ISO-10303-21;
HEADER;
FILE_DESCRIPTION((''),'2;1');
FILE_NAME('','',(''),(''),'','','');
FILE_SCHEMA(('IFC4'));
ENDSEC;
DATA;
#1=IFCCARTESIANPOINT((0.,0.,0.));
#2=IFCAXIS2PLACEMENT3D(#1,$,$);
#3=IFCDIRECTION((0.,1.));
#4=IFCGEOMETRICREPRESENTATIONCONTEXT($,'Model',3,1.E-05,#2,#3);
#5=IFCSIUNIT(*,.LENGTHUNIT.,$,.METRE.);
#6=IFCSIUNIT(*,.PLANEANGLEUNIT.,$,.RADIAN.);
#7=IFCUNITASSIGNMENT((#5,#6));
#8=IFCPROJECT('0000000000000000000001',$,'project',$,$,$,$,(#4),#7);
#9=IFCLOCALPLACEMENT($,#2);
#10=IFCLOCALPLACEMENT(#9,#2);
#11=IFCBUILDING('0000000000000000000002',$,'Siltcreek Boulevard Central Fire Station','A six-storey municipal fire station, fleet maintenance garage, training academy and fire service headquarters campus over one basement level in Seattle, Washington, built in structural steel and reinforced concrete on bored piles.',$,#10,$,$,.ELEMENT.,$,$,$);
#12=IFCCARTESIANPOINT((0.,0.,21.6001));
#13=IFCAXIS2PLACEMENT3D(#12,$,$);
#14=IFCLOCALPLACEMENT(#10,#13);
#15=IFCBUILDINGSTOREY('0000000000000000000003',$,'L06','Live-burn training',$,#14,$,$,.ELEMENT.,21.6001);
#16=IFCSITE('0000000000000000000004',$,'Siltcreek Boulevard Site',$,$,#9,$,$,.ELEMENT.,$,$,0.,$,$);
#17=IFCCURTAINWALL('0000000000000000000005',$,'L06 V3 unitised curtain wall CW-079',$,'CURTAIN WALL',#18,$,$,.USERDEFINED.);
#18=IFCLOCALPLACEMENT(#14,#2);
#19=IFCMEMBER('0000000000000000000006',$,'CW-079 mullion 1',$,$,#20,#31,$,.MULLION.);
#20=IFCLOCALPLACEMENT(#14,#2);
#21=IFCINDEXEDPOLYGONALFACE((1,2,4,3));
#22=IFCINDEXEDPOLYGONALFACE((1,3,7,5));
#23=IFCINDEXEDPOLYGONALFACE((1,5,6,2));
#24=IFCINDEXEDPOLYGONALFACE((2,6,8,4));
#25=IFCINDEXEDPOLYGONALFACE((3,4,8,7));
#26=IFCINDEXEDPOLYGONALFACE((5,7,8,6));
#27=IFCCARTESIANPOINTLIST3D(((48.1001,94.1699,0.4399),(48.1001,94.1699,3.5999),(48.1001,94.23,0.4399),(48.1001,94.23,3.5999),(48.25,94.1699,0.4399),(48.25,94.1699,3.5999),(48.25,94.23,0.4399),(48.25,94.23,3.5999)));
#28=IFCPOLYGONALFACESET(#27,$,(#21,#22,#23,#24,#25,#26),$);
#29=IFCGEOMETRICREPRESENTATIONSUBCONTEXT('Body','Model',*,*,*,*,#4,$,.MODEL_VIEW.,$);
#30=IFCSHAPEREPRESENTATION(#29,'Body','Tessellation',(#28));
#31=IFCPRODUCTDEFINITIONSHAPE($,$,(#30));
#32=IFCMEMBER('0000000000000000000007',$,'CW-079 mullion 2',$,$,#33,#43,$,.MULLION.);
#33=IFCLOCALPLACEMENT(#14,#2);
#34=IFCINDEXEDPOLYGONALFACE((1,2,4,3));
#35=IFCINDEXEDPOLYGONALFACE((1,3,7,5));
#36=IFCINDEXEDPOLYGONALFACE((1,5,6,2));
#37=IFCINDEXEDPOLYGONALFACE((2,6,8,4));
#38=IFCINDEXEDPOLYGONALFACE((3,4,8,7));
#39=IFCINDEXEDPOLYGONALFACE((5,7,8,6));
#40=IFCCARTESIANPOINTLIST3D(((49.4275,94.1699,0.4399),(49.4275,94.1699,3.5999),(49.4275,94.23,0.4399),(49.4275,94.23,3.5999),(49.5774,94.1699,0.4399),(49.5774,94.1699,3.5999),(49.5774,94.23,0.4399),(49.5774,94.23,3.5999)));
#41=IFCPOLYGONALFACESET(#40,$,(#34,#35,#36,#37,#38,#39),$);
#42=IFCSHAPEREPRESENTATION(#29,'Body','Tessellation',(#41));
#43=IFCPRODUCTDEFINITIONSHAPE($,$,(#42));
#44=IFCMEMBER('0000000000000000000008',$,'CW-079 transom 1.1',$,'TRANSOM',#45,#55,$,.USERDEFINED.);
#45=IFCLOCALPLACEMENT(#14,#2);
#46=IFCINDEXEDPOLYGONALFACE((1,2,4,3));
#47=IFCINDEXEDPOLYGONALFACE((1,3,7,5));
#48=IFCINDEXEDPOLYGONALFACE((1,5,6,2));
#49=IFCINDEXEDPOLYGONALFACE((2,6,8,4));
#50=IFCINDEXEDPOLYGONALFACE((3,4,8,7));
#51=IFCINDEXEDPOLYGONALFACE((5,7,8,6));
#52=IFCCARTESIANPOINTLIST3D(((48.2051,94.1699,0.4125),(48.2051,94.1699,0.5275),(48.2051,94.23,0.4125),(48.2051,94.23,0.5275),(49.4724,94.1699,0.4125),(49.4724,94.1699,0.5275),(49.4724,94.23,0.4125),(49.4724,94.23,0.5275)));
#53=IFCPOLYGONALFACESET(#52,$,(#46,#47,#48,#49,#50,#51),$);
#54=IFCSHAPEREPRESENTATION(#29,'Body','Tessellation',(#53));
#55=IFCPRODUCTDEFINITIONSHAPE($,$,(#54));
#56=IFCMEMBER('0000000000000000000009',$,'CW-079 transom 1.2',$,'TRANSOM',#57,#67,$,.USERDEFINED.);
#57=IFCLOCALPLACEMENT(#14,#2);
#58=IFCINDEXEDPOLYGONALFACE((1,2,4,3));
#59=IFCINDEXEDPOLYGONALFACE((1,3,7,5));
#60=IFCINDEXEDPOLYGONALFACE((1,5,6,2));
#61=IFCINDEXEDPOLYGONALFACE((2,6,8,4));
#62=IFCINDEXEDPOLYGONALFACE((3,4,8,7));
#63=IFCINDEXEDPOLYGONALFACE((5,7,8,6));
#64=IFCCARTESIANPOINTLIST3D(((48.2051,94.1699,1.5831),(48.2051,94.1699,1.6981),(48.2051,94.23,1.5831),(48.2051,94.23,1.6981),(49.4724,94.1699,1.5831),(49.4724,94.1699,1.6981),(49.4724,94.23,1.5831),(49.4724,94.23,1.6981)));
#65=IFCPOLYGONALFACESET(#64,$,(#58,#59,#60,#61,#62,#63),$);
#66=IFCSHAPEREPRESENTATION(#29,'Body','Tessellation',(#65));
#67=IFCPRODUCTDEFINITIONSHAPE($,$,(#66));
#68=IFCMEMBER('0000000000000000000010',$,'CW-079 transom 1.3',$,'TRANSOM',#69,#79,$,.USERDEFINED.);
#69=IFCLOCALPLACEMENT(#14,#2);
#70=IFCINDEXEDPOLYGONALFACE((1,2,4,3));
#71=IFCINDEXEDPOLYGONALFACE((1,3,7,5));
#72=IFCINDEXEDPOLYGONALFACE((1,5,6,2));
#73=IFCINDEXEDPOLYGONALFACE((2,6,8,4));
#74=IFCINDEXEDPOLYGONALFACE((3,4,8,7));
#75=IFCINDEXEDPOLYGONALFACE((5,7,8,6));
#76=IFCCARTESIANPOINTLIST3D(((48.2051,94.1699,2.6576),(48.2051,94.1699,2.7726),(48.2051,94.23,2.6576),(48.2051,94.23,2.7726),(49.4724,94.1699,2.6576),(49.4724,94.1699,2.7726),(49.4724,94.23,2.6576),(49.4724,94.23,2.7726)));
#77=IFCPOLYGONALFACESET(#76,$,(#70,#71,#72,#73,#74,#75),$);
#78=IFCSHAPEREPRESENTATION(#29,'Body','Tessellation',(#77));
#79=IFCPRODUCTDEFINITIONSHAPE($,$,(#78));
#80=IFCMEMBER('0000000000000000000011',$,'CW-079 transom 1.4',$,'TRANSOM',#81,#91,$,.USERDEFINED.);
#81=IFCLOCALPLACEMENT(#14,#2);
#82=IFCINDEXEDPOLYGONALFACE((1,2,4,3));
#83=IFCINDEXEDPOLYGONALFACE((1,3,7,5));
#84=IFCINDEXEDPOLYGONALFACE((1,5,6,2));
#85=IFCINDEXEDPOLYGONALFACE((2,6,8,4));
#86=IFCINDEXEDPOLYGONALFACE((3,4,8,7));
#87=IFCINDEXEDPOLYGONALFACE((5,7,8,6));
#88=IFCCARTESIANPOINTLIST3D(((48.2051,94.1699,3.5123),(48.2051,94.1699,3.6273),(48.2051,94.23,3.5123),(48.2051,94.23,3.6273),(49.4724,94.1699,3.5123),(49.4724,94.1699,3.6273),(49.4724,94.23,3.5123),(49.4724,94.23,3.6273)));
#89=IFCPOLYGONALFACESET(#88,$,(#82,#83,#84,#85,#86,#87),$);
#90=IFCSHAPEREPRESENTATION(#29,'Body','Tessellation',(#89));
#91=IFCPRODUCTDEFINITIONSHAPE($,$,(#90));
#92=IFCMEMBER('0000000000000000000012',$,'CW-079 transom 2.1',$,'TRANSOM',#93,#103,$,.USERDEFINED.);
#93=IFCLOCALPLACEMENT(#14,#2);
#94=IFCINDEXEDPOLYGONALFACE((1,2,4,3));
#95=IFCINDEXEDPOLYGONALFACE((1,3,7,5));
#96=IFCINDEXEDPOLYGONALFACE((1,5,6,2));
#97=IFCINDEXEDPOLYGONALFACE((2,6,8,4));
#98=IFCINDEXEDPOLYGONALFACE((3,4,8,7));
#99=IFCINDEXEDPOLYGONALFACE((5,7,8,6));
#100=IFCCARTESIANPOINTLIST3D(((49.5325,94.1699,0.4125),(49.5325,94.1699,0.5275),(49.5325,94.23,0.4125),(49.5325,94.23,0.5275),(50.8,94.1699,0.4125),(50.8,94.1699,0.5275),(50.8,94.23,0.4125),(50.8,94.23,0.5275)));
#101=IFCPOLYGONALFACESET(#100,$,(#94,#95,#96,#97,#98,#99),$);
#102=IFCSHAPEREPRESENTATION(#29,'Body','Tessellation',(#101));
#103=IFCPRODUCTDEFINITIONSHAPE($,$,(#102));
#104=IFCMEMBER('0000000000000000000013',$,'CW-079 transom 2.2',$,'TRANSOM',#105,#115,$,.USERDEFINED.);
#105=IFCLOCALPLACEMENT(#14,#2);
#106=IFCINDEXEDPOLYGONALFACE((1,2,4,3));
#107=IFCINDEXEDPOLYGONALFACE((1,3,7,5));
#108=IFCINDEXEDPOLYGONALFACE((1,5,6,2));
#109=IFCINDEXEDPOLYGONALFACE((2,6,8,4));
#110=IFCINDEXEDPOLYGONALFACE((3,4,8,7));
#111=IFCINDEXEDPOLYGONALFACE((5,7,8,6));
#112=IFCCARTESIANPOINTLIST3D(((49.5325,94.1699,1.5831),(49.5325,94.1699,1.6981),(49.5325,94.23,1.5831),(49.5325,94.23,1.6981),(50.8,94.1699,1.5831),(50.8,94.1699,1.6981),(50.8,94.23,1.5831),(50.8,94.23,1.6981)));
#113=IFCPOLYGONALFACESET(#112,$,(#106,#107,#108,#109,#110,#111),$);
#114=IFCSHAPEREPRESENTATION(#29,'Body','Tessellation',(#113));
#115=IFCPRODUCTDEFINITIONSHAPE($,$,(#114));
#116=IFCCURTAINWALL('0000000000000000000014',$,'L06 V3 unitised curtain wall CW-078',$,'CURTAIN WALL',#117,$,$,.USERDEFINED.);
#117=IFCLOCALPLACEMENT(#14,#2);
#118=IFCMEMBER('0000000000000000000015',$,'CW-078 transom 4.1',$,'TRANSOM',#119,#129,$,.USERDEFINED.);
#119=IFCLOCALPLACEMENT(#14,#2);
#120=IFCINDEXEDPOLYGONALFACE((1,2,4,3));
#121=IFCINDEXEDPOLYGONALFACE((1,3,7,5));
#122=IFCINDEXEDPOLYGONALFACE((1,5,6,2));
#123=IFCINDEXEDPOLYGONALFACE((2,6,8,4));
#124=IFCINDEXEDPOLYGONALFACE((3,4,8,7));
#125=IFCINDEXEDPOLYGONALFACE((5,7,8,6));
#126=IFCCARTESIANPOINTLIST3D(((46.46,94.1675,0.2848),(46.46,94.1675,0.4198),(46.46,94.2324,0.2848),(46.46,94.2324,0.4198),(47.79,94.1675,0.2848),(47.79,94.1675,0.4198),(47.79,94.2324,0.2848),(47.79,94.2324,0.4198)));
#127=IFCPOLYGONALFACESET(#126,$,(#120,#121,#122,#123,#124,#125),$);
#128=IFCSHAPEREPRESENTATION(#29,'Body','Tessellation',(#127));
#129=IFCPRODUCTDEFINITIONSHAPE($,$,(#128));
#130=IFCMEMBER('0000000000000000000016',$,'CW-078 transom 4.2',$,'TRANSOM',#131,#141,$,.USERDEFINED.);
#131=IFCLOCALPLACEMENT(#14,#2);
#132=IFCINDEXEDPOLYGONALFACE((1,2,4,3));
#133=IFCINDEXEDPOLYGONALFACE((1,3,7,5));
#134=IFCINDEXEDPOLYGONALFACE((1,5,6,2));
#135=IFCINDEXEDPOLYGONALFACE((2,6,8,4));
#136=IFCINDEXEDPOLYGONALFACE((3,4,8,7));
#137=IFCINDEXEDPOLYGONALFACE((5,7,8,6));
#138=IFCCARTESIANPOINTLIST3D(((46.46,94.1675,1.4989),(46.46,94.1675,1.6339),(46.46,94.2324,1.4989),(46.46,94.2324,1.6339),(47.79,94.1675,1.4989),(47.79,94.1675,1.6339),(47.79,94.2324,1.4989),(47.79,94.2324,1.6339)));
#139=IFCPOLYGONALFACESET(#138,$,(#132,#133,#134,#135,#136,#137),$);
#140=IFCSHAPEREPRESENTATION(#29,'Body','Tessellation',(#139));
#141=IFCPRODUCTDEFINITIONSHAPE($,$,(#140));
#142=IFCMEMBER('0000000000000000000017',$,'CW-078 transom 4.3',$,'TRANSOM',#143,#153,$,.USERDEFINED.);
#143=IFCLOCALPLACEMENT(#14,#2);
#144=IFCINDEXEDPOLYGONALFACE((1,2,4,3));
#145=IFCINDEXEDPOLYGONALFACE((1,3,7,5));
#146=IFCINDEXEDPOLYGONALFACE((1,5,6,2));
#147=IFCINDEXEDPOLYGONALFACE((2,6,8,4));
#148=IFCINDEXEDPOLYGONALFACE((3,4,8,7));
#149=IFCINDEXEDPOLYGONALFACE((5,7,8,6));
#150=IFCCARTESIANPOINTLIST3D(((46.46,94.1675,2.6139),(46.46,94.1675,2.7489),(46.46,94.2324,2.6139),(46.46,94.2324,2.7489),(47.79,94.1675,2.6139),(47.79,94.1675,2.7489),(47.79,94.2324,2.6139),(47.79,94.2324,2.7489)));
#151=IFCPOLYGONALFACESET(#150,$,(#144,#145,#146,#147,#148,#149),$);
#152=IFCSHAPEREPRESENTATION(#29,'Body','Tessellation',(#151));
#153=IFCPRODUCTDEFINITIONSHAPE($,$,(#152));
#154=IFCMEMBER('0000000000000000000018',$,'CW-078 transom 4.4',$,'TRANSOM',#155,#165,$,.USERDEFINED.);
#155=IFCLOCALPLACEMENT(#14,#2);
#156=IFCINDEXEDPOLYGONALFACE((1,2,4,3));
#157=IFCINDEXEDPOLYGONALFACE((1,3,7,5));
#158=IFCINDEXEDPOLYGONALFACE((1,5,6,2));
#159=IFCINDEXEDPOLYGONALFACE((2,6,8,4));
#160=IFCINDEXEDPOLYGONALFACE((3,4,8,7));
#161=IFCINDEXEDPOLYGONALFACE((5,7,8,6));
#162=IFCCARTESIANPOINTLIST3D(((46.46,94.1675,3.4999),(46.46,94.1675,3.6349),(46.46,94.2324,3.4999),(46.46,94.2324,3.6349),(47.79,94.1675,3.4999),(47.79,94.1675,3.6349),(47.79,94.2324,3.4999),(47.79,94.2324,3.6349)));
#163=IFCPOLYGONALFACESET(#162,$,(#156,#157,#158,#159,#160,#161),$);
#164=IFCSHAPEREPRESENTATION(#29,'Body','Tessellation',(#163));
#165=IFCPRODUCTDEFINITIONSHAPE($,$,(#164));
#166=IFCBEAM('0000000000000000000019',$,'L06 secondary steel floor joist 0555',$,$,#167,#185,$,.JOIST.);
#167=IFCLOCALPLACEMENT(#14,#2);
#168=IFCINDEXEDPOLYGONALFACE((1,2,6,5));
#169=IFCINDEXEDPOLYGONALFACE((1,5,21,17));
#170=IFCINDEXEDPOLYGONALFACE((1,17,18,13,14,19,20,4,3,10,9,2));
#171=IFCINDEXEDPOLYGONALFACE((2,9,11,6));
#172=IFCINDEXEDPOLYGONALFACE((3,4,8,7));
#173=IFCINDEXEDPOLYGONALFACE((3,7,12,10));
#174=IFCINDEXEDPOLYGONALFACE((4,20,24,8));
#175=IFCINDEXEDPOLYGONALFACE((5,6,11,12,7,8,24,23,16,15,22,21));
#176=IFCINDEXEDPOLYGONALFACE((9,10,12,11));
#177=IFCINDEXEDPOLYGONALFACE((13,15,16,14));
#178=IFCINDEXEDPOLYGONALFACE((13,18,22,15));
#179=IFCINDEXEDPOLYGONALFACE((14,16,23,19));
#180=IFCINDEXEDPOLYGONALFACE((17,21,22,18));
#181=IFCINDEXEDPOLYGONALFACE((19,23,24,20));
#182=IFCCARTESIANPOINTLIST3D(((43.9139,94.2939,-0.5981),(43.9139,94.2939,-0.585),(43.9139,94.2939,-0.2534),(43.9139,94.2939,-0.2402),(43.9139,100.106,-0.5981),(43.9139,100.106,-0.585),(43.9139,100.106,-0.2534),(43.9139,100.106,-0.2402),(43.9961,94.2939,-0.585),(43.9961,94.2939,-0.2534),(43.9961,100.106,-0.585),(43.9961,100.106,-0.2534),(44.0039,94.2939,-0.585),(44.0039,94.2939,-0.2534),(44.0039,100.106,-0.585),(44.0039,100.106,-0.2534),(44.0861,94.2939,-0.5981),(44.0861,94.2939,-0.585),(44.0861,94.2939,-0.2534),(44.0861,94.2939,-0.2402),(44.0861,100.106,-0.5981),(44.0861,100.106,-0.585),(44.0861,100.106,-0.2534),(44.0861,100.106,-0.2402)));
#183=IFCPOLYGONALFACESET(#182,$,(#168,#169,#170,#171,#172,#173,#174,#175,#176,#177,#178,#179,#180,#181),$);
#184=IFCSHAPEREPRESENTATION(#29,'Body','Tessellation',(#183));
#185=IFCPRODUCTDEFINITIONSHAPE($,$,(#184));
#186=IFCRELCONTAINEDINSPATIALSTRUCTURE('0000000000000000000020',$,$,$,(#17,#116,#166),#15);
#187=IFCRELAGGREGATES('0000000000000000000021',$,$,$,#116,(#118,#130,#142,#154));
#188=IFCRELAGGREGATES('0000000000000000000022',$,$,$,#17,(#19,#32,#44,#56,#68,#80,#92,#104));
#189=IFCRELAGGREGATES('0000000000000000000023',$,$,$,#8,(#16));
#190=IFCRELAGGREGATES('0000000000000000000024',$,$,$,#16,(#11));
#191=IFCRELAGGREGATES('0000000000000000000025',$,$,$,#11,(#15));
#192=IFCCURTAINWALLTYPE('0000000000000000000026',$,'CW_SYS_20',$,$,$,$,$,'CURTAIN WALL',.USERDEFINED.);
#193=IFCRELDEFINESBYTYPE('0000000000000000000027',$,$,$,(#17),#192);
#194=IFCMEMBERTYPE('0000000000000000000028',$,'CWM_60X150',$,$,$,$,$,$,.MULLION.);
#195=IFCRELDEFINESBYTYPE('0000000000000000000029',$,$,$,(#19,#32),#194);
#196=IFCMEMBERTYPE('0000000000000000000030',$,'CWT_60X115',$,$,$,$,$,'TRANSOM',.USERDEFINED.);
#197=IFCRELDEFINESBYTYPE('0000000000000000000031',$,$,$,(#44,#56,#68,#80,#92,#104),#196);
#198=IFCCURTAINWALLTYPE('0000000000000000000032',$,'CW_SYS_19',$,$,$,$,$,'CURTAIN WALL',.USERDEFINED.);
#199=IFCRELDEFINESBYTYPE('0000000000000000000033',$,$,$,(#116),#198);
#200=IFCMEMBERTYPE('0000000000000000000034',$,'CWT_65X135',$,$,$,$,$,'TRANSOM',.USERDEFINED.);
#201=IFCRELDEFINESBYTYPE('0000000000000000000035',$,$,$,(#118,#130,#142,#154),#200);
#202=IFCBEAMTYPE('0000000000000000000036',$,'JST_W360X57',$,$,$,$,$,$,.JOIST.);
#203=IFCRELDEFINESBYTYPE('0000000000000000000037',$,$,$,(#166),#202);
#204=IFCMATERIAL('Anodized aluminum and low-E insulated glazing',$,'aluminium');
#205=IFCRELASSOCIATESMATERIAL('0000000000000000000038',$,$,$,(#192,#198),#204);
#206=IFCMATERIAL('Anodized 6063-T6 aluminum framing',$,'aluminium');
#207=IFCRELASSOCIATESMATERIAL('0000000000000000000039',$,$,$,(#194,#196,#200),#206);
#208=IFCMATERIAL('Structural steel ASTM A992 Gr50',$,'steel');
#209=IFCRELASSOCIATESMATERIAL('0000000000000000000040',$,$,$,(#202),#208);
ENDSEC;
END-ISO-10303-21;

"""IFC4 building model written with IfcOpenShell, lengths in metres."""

from ifc_helpers import new_model, si_unit, direction, frame, origin, origin_2d, place, context, subcontext, project, spatial, rectangle, i_section, extrude, material, material_profile, profile_set, type_object, element, aggregate, save


model = new_model("IFC4")

# Units and contexts
model_context = context("Model", 3, precision=1e-05, world=origin(), true_north=direction((0.0, 1.0)))
body_context = subcontext(model_context, "Body", "Model", "MODEL_VIEW")
ifc_project = project(units=[si_unit("LENGTHUNIT", "METRE"), si_unit("PLANEANGLEUNIT", "RADIAN")], contexts=[model_context])

# Site, building, storey
site_placement = place(None, origin())
site = spatial("IfcSite", under=ifc_project, at=site_placement, Name="Siltcreek Boulevard Site", CompositionType="ELEMENT", RefElevation=0.0)
building_placement = place(site_placement, origin())
building = spatial("IfcBuilding", under=site, at=building_placement, Name="Siltcreek Boulevard Central Fire Station", Description="A six-storey municipal fire station, fleet maintenance garage, training academy and fire service headquarters campus over one basement level in Seattle, Washington, built in structural steel and reinforced concrete on bored piles.", CompositionType="ELEMENT")
storey_placement = place(building_placement, frame((0.0, 0.0, 21.6001)))
storey = spatial("IfcBuildingStorey", under=building, at=storey_placement, Name="L06", Description="Live-burn training", CompositionType="ELEMENT", Elevation=21.6001)

# Curtain walls, members
ifc_material_1 = material(Name="Anodized aluminum and low-E insulated glazing", Category="aluminium")
curtain_wall_type_1 = type_object("IfcCurtainWallType", Name="CW_SYS_20", ElementType="CURTAIN WALL", PredefinedType="USERDEFINED", material=ifc_material_1)
curtain_wall_1_placement = place(storey_placement, origin())
curtain_wall_1 = element("IfcCurtainWall", 1, at=curtain_wall_1_placement, inside=storey, type_object=curtain_wall_type_1, Name="L06 V3 unitised curtain wall CW-079", ObjectType="CURTAIN WALL", PredefinedType="USERDEFINED")
ifc_material_2 = material(Name="Anodized 6063-T6 aluminum framing", Category="aluminium")
ifc_material_profile_1 = material_profile(ifc_material_2, rectangle(XDim=0.0601, YDim=0.1499, at=origin_2d()), Name="MULL60X150")
ifc_profile_set_1 = profile_set([ifc_material_profile_1], Name="Anodized 6063-T6 aluminum framing")
member_type_1 = type_object("IfcMemberType", Name="CWM_60X150", PredefinedType="MULLION", material=ifc_profile_set_1)
member_1_placement = place(storey_placement, frame((48.175, 94.2, 0.4399), z_axis=(0.0, 0.0, 1.0), x_axis=(0.0, 1.0, 0.0)))
member_1 = element("IfcMember", 2, at=member_1_placement, type_object=member_type_1, Name="CW-079 mullion 1", PredefinedType="MULLION", context=body_context, shape_type="SweptSolid", body=[
    extrude(rectangle(XDim=0.0601, YDim=0.1499, at=origin_2d()), origin(), (0.0, 0.0, 1.0), 3.1599),
])
member_2_placement = place(storey_placement, frame((49.5024, 94.2, 0.4399), z_axis=(0.0, 0.0, 1.0), x_axis=(0.0, 1.0, 0.0)))
member_2 = element("IfcMember", 3, at=member_2_placement, type_object=member_type_1, Name="CW-079 mullion 2", PredefinedType="MULLION", context=body_context, shape_type="SweptSolid", body=[
    extrude(rectangle(XDim=0.0601, YDim=0.1499, at=origin_2d()), origin(), (0.0, 0.0, 1.0), 3.1599),
])
ifc_material_profile_2 = material_profile(ifc_material_2, rectangle(XDim=0.0601, YDim=0.115, at=origin_2d()), Name="TRAN60X115")
ifc_profile_set_2 = profile_set([ifc_material_profile_2], Name="Anodized 6063-T6 aluminum framing")
member_type_2 = type_object("IfcMemberType", Name="CWT_60X115", ElementType="TRANSOM", PredefinedType="USERDEFINED", material=ifc_profile_set_2)
member_3_placement = place(storey_placement, frame((48.2051, 94.2, 0.47), z_axis=(1.0, 0.0, 0.0), x_axis=(0.0, 1.0, 0.0)))
member_3 = element("IfcMember", 4, at=member_3_placement, type_object=member_type_2, Name="CW-079 transom 1.1", ObjectType="TRANSOM", PredefinedType="USERDEFINED", context=body_context, shape_type="SweptSolid", body=[
    extrude(rectangle(XDim=0.0601, YDim=0.115, at=origin_2d()), origin(), (0.0, 0.0, 1.0), 1.2673),
])
member_4_placement = place(storey_placement, frame((48.2051, 94.2, 1.6406), z_axis=(1.0, 0.0, 0.0), x_axis=(0.0, 1.0, 0.0)))
member_4 = element("IfcMember", 5, at=member_4_placement, type_object=member_type_2, Name="CW-079 transom 1.2", ObjectType="TRANSOM", PredefinedType="USERDEFINED", context=body_context, shape_type="SweptSolid", body=[
    extrude(rectangle(XDim=0.0601, YDim=0.115, at=origin_2d()), origin(), (0.0, 0.0, 1.0), 1.2673),
])
member_5_placement = place(storey_placement, frame((48.2051, 94.2, 2.7151), z_axis=(1.0, 0.0, 0.0), x_axis=(0.0, 1.0, 0.0)))
member_5 = element("IfcMember", 6, at=member_5_placement, type_object=member_type_2, Name="CW-079 transom 1.3", ObjectType="TRANSOM", PredefinedType="USERDEFINED", context=body_context, shape_type="SweptSolid", body=[
    extrude(rectangle(XDim=0.0601, YDim=0.115, at=origin_2d()), origin(), (0.0, 0.0, 1.0), 1.2673),
])
member_6_placement = place(storey_placement, frame((48.2051, 94.2, 3.5698), z_axis=(1.0, 0.0, 0.0), x_axis=(0.0, 1.0, 0.0)))
member_6 = element("IfcMember", 7, at=member_6_placement, type_object=member_type_2, Name="CW-079 transom 1.4", ObjectType="TRANSOM", PredefinedType="USERDEFINED", context=body_context, shape_type="SweptSolid", body=[
    extrude(rectangle(XDim=0.0601, YDim=0.115, at=origin_2d()), origin(), (0.0, 0.0, 1.0), 1.2673),
])
member_7_placement = place(storey_placement, frame((49.5325, 94.2, 0.47), z_axis=(1.0, 0.0, 0.0), x_axis=(0.0, 1.0, 0.0)))
member_7 = element("IfcMember", 8, at=member_7_placement, type_object=member_type_2, Name="CW-079 transom 2.1", ObjectType="TRANSOM", PredefinedType="USERDEFINED", context=body_context, shape_type="SweptSolid", body=[
    extrude(rectangle(XDim=0.0601, YDim=0.115, at=origin_2d()), origin(), (0.0, 0.0, 1.0), 1.2676),
])
member_8_placement = place(storey_placement, frame((49.5325, 94.2, 1.6406), z_axis=(1.0, 0.0, 0.0), x_axis=(0.0, 1.0, 0.0)))
member_8 = element("IfcMember", 9, at=member_8_placement, type_object=member_type_2, Name="CW-079 transom 2.2", ObjectType="TRANSOM", PredefinedType="USERDEFINED", context=body_context, shape_type="SweptSolid", body=[
    extrude(rectangle(XDim=0.0601, YDim=0.115, at=origin_2d()), origin(), (0.0, 0.0, 1.0), 1.2676),
])
curtain_wall_type_2 = type_object("IfcCurtainWallType", Name="CW_SYS_19", ElementType="CURTAIN WALL", PredefinedType="USERDEFINED", material=ifc_material_1)
curtain_wall_2_placement = place(storey_placement, origin())
curtain_wall_2 = element("IfcCurtainWall", 10, at=curtain_wall_2_placement, inside=storey, type_object=curtain_wall_type_2, Name="L06 V3 unitised curtain wall CW-078", ObjectType="CURTAIN WALL", PredefinedType="USERDEFINED")
ifc_material_profile_3 = material_profile(ifc_material_2, rectangle(XDim=0.0649, YDim=0.135, at=origin_2d()), Name="TRAN65X135")
ifc_profile_set_3 = profile_set([ifc_material_profile_3], Name="Anodized 6063-T6 aluminum framing")
member_type_3 = type_object("IfcMemberType", Name="CWT_65X135", ElementType="TRANSOM", PredefinedType="USERDEFINED", material=ifc_profile_set_3)
member_9_placement = place(storey_placement, frame((46.46, 94.2, 0.3523), z_axis=(1.0, 0.0, 0.0), x_axis=(0.0, 1.0, 0.0)))
member_9 = element("IfcMember", 11, at=member_9_placement, type_object=member_type_3, Name="CW-078 transom 4.1", ObjectType="TRANSOM", PredefinedType="USERDEFINED", context=body_context, shape_type="SweptSolid", body=[
    extrude(rectangle(XDim=0.0649, YDim=0.135, at=origin_2d()), origin(), (0.0, 0.0, 1.0), 1.3301),
])
member_10_placement = place(storey_placement, frame((46.46, 94.2, 1.5664), z_axis=(1.0, 0.0, 0.0), x_axis=(0.0, 1.0, 0.0)))
member_10 = element("IfcMember", 12, at=member_10_placement, type_object=member_type_3, Name="CW-078 transom 4.2", ObjectType="TRANSOM", PredefinedType="USERDEFINED", context=body_context, shape_type="SweptSolid", body=[
    extrude(rectangle(XDim=0.0649, YDim=0.135, at=origin_2d()), origin(), (0.0, 0.0, 1.0), 1.3301),
])
member_11_placement = place(storey_placement, frame((46.46, 94.2, 2.6814), z_axis=(1.0, 0.0, 0.0), x_axis=(0.0, 1.0, 0.0)))
member_11 = element("IfcMember", 13, at=member_11_placement, type_object=member_type_3, Name="CW-078 transom 4.3", ObjectType="TRANSOM", PredefinedType="USERDEFINED", context=body_context, shape_type="SweptSolid", body=[
    extrude(rectangle(XDim=0.0649, YDim=0.135, at=origin_2d()), origin(), (0.0, 0.0, 1.0), 1.3301),
])
member_12_placement = place(storey_placement, frame((46.46, 94.2, 3.5674), z_axis=(1.0, 0.0, 0.0), x_axis=(0.0, 1.0, 0.0)))
member_12 = element("IfcMember", 14, at=member_12_placement, type_object=member_type_3, Name="CW-078 transom 4.4", ObjectType="TRANSOM", PredefinedType="USERDEFINED", context=body_context, shape_type="SweptSolid", body=[
    extrude(rectangle(XDim=0.0649, YDim=0.135, at=origin_2d()), origin(), (0.0, 0.0, 1.0), 1.3301),
])

# Beam
ifc_material_3 = material(Name="Structural steel ASTM A992 Gr50", Category="steel")
ifc_material_profile_4 = material_profile(ifc_material_3, i_section(OverallWidth=0.1721, OverallDepth=0.3579, WebThickness=0.0078, FlangeThickness=0.0132, at=origin_2d()), Name="W360X57")
ifc_profile_set_4 = profile_set([ifc_material_profile_4], Name="Structural steel ASTM A992 Gr50")
beam_type = type_object("IfcBeamType", Name="JST_W360X57", PredefinedType="JOIST", material=ifc_profile_set_4)
beam_placement = place(storey_placement, frame((44.0, 94.2939, -0.4192), z_axis=(0.0, 1.0, 0.0), x_axis=(-1.0, 0.0, 0.0)))
element("IfcBeam", 15, at=beam_placement, inside=storey, type_object=beam_type, Name="L06 secondary steel floor joist 0555", PredefinedType="JOIST", context=body_context, shape_type="SweptSolid", body=[
    extrude(i_section(OverallWidth=0.1721, OverallDepth=0.3579, WebThickness=0.0078, FlangeThickness=0.0132, at=origin_2d()), origin(), (0.0, 0.0, 1.0), 5.812),
])

aggregate(curtain_wall_2, [member_9, member_10, member_11, member_12])
aggregate(curtain_wall_1, [member_1, member_2, member_3, member_4, member_5, member_6, member_7, member_8])

save(model, "model.ifc")
